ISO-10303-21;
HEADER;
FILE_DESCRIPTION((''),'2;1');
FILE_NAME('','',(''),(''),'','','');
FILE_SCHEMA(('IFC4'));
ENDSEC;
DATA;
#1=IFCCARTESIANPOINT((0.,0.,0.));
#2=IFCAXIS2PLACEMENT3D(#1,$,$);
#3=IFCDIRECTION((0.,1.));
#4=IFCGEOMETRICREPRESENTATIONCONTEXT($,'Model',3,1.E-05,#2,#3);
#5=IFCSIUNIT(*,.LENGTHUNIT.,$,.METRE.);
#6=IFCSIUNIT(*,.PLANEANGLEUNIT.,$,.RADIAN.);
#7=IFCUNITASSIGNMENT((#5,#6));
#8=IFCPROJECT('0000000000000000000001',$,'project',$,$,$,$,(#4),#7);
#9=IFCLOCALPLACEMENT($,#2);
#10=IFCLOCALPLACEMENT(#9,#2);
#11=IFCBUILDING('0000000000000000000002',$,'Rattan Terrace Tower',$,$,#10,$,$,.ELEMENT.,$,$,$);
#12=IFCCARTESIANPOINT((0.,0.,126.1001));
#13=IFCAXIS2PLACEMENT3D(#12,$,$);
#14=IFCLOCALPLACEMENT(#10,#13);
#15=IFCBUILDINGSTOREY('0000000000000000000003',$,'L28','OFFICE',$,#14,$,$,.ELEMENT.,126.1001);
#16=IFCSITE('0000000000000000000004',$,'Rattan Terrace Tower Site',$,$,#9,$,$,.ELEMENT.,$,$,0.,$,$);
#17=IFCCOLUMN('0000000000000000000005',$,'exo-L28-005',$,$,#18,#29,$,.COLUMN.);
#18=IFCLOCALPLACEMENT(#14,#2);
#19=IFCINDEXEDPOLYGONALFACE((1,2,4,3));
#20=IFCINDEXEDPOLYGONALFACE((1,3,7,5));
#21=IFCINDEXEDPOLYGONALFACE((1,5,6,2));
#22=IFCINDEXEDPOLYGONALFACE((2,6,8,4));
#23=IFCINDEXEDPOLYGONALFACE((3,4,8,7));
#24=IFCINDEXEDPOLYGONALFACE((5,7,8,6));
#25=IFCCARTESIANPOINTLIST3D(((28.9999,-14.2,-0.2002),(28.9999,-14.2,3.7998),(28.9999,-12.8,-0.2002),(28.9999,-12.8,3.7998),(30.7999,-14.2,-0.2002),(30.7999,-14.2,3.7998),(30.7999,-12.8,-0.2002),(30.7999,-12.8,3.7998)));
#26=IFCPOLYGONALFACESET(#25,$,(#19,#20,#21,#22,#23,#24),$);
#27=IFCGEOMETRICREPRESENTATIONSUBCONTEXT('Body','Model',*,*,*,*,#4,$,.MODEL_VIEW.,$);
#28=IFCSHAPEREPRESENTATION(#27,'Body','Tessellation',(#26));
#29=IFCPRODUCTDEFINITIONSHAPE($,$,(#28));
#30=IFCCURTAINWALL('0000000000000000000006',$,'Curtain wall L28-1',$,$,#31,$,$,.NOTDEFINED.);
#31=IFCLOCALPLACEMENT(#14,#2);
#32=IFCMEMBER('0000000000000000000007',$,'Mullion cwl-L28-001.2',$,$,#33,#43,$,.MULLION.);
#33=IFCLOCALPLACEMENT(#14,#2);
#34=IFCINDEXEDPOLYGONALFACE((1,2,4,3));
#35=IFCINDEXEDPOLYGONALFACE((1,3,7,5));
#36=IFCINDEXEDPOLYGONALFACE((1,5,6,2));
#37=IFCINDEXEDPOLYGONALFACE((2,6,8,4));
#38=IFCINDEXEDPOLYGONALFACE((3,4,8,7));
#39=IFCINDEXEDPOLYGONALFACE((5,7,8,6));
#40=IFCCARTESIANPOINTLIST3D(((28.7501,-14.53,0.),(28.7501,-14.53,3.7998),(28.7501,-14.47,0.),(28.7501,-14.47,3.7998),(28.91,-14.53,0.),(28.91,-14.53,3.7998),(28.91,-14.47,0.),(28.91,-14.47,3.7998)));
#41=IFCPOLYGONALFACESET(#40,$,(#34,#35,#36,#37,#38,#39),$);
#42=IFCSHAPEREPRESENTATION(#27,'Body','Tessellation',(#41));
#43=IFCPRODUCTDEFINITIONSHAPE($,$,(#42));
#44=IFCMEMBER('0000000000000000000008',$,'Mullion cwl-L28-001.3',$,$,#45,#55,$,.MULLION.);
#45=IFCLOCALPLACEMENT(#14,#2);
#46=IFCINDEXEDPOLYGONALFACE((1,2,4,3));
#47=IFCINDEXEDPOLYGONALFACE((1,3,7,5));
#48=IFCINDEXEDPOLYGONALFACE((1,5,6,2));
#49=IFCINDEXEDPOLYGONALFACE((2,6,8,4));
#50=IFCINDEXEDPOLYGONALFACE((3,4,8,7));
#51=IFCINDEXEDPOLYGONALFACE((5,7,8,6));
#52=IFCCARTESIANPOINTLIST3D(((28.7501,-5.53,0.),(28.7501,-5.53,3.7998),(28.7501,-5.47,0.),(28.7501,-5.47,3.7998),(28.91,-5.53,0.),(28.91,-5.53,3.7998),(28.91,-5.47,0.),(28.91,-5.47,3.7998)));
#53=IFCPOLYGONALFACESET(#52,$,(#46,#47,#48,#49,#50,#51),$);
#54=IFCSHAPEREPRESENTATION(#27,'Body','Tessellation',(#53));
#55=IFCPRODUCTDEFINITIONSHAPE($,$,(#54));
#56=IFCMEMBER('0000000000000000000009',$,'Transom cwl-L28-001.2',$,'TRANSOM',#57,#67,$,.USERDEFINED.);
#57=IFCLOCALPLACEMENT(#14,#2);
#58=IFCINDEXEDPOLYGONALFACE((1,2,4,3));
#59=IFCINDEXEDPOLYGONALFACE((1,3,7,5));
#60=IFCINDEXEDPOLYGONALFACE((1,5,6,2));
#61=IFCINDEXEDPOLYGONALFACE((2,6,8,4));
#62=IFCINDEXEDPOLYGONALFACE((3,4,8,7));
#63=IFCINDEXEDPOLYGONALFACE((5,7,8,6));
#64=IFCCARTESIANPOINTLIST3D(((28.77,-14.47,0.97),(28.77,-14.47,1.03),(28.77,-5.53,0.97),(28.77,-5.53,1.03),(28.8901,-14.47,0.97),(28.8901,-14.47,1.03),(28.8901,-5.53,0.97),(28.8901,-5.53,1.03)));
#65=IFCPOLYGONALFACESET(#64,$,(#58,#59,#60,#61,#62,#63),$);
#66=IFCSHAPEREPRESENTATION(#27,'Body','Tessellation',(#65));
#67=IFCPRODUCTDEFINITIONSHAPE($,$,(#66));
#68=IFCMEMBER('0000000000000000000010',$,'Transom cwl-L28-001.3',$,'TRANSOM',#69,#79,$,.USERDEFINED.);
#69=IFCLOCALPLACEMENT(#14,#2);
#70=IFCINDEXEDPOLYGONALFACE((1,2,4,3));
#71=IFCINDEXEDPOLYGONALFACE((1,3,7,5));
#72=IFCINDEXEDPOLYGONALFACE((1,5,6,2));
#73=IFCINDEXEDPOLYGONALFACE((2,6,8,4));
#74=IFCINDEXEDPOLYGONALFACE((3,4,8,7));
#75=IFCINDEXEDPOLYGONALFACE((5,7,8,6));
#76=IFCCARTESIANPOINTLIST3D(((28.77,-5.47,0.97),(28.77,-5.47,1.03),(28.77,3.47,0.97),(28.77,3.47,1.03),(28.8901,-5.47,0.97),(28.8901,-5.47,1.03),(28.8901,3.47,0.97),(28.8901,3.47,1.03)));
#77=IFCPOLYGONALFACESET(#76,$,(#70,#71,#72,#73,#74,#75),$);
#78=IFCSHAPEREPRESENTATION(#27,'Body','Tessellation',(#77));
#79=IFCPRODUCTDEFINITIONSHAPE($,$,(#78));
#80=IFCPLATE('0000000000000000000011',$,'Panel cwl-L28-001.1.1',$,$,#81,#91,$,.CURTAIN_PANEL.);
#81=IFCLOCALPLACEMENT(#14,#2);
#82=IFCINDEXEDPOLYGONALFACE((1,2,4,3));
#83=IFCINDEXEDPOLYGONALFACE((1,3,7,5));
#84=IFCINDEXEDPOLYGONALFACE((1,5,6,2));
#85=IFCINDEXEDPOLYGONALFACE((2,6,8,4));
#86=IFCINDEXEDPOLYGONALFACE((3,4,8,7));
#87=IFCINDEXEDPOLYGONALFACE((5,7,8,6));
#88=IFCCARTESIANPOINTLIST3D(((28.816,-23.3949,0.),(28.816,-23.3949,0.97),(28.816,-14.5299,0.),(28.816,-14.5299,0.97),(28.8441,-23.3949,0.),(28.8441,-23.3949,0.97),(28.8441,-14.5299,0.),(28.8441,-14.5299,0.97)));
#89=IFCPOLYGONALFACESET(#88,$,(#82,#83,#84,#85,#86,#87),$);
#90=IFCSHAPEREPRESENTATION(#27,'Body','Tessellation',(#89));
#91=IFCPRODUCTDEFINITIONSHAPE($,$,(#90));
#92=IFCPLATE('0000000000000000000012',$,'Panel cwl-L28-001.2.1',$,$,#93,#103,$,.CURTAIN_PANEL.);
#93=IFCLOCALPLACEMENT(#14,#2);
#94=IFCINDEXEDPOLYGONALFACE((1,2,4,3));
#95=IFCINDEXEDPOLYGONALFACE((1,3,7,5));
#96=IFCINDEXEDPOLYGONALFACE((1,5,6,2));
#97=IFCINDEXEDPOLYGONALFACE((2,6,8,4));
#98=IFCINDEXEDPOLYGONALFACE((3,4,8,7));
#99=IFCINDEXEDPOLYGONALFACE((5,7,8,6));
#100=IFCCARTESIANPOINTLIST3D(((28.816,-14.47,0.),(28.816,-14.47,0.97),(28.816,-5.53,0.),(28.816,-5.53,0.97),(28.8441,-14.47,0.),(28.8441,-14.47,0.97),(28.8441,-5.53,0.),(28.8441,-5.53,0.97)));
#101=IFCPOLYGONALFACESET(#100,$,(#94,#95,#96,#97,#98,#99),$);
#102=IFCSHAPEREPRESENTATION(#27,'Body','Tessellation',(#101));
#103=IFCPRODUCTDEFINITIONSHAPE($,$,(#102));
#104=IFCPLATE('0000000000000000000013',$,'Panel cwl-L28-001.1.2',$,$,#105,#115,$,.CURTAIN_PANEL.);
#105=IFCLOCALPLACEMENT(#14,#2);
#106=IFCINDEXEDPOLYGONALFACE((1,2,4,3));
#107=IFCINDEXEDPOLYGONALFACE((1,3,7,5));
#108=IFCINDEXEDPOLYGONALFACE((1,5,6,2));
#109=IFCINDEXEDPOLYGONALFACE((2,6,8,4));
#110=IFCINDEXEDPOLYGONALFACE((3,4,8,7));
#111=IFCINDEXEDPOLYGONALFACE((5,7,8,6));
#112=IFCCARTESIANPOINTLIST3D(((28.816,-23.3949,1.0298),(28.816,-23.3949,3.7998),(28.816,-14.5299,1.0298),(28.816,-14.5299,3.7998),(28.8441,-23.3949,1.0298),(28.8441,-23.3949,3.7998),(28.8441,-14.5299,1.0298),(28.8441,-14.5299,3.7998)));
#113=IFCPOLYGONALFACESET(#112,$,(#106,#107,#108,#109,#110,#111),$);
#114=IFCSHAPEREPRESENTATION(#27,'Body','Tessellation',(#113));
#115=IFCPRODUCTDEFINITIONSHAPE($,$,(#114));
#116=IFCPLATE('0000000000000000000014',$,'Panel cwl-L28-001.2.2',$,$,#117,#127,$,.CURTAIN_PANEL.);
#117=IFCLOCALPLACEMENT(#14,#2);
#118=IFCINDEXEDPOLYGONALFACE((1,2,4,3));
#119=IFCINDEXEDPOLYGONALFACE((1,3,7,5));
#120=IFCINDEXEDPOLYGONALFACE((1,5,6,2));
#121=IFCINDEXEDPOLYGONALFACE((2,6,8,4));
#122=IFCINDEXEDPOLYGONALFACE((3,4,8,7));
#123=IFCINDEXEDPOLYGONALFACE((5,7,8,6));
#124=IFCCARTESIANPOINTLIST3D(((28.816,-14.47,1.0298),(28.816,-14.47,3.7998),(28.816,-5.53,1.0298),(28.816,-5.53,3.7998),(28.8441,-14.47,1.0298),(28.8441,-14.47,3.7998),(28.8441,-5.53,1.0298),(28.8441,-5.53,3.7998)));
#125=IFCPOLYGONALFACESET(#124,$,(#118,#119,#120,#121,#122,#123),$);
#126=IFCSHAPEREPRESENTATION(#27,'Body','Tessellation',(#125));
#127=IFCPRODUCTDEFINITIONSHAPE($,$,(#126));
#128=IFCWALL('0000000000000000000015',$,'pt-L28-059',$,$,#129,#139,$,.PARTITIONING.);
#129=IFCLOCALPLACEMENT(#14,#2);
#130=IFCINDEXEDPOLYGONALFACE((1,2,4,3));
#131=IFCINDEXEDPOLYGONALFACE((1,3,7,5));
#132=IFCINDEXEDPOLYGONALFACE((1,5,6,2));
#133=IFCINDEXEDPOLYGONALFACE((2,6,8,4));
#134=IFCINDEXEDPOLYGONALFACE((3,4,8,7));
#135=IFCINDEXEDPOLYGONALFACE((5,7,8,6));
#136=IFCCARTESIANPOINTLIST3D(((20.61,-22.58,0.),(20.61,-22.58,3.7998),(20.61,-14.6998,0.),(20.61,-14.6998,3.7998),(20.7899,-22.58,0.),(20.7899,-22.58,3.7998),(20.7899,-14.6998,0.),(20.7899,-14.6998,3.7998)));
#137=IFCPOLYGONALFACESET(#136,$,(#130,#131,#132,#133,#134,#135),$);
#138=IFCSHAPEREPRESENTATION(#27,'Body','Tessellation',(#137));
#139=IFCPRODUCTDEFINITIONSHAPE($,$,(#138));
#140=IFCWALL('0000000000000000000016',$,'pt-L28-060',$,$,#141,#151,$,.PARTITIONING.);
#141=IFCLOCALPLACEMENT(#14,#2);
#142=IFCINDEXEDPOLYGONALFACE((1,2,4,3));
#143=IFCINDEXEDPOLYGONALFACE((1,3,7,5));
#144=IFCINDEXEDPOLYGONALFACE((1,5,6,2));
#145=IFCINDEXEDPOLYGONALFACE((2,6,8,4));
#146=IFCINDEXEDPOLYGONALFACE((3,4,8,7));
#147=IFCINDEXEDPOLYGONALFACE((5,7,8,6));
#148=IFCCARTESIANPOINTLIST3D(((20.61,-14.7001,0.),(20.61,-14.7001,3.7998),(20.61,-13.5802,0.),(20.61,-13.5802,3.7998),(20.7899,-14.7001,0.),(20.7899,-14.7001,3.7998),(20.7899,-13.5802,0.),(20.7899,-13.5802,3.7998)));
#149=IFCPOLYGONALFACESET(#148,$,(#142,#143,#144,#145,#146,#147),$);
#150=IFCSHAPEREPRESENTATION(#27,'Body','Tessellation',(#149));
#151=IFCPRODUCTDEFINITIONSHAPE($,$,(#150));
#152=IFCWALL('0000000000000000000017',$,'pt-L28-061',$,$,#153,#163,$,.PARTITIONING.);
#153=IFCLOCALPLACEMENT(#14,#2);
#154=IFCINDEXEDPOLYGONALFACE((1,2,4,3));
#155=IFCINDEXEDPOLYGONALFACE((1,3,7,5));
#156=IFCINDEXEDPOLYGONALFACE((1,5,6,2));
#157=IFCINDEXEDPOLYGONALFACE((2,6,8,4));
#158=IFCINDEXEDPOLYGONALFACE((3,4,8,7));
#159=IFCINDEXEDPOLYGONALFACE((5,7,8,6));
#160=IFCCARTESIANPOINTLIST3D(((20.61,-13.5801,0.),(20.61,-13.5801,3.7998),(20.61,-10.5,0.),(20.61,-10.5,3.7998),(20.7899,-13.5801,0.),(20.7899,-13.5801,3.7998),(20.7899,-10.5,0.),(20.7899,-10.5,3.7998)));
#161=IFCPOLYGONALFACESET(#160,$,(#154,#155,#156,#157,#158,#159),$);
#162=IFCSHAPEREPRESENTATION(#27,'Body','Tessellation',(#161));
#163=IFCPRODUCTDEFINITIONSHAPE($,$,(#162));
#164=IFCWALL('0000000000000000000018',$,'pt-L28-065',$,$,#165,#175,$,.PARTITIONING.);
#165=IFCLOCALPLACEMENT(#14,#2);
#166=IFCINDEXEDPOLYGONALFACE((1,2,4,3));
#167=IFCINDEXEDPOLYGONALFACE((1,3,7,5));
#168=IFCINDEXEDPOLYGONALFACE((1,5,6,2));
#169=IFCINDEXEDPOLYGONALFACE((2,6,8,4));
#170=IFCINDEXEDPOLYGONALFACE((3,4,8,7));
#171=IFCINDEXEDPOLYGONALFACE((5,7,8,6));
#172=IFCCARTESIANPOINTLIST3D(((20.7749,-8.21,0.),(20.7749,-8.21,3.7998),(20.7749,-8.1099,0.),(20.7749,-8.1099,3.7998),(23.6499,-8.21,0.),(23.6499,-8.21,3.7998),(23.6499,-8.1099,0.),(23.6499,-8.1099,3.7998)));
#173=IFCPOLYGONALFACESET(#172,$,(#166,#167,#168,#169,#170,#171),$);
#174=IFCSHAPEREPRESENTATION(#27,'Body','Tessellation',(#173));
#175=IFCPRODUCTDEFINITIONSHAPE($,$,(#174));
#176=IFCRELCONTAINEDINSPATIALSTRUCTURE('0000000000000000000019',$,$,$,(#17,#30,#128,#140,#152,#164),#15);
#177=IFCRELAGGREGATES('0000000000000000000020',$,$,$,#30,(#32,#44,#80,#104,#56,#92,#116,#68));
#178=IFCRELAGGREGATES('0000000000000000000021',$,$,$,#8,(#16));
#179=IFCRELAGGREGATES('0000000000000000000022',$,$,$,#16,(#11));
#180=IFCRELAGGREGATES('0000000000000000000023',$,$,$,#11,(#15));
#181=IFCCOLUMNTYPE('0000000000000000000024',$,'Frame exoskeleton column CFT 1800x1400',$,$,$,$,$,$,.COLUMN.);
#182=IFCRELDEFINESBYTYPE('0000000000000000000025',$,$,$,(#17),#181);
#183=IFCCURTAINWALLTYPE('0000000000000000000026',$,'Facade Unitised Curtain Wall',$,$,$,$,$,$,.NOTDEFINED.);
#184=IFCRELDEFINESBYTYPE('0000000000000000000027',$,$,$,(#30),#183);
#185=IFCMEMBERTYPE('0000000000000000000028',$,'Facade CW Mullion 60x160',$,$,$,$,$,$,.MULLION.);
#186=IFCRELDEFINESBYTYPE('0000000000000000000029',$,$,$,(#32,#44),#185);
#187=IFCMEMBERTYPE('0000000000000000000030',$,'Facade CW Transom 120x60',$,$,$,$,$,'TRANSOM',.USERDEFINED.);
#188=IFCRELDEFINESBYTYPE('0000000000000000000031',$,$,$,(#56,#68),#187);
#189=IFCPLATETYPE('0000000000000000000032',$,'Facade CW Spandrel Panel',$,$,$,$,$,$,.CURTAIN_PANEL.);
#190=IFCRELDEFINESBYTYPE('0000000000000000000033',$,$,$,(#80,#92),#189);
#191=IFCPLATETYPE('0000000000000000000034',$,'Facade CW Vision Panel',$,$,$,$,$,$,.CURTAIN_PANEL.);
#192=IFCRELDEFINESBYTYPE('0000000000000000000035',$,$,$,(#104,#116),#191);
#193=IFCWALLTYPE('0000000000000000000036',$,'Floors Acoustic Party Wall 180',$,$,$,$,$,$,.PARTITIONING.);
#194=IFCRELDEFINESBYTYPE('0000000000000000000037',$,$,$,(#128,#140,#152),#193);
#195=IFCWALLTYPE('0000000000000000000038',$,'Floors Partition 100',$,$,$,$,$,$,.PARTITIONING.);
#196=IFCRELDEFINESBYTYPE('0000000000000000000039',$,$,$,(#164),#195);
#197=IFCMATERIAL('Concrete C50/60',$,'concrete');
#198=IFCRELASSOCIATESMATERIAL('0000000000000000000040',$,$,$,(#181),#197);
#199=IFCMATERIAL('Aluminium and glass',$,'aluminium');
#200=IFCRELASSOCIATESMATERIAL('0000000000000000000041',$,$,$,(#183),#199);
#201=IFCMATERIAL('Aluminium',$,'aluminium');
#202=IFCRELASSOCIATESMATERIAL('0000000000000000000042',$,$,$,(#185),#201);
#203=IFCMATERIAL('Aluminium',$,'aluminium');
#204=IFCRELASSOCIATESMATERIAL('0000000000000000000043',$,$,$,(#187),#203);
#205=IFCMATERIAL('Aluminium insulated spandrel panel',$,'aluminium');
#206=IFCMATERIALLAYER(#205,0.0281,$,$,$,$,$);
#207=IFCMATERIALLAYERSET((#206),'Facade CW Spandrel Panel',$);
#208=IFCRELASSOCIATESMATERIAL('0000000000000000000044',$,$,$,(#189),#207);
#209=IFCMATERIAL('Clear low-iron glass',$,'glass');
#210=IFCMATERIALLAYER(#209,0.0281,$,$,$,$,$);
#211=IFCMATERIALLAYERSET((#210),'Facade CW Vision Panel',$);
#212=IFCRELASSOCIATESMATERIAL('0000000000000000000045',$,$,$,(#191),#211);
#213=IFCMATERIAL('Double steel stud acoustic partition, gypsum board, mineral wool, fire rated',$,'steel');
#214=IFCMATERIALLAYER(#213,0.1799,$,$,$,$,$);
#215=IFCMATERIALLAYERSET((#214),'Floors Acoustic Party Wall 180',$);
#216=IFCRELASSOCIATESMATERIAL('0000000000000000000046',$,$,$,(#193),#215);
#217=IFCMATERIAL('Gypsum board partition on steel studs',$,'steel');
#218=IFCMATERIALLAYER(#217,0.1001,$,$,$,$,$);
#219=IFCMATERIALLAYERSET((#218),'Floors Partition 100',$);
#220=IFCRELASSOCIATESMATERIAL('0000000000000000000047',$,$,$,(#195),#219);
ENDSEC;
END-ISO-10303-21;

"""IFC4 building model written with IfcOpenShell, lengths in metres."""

from ifc_helpers import new_model, si_unit, direction, frame, frame_2d, origin, origin_2d, place, context, subcontext, project, spatial, rectangle, extrude, material, layer, layer_set, material_profile, profile_set, type_object, element, aggregate, save


model = new_model("IFC4")

# Units and contexts
model_context = context("Model", 3, precision=1e-05, world=origin(), true_north=direction((0.0, 1.0)))
body_context = subcontext(model_context, "Body", "Model", "MODEL_VIEW")
ifc_project = project(units=[si_unit("LENGTHUNIT", "METRE"), si_unit("PLANEANGLEUNIT", "RADIAN")], contexts=[model_context])

# Site, building, storey
site_placement = place(None, origin())
site = spatial("IfcSite", under=ifc_project, at=site_placement, Name="Rattan Terrace Tower Site", CompositionType="ELEMENT", RefElevation=0.0)
building_placement = place(site_placement, origin())
building = spatial("IfcBuilding", under=site, at=building_placement, Name="Rattan Terrace Tower", CompositionType="ELEMENT")
storey_placement = place(building_placement, frame((0.0, 0.0, 126.1001)))
storey = spatial("IfcBuildingStorey", under=building, at=storey_placement, Name="L28", Description="OFFICE", CompositionType="ELEMENT", Elevation=126.1001)

# Column
ifc_material_1 = material(Name="Concrete C50/60", Category="concrete")
ifc_material_profile_1 = material_profile(ifc_material_1, rectangle(XDim=1.3999, YDim=1.8, at=origin_2d()), Name="CFT 1800x1400")
ifc_profile_set_1 = profile_set([ifc_material_profile_1], Name="Concrete C50/60")
column_type = type_object("IfcColumnType", Name="Frame exoskeleton column CFT 1800x1400", PredefinedType="COLUMN", material=ifc_profile_set_1)
column_placement = place(storey_placement, frame((29.8999, -13.5, -0.2002), z_axis=(0.0, 0.0, 1.0), x_axis=(0.0, 1.0, 0.0)))
element("IfcColumn", 1, at=column_placement, inside=storey, type_object=column_type, Name="exo-L28-005", PredefinedType="COLUMN", context=body_context, shape_type="SweptSolid", body=[
    extrude(rectangle(XDim=1.3999, YDim=1.8, at=origin_2d()), origin(), (0.0, 0.0, 1.0), 4.0),
])

# Curtain wall, members, plates
ifc_material_2 = material(Name="Aluminium and glass", Category="aluminium")
curtain_wall_type = type_object("IfcCurtainWallType", Name="Facade Unitised Curtain Wall", PredefinedType="NOTDEFINED", material=ifc_material_2)
curtain_wall_placement = place(storey_placement, origin())
curtain_wall = element("IfcCurtainWall", 2, at=curtain_wall_placement, inside=storey, type_object=curtain_wall_type, Name="Curtain wall L28-1", PredefinedType="NOTDEFINED")
ifc_material_3 = material(Name="Aluminium", Category="aluminium")
ifc_material_profile_2 = material_profile(ifc_material_3, rectangle(XDim=0.0601, YDim=0.1599, at=origin_2d()), Name="Aluminium 60x160")
ifc_profile_set_2 = profile_set([ifc_material_profile_2], Name="Aluminium")
member_type_1 = type_object("IfcMemberType", Name="Facade CW Mullion 60x160", PredefinedType="MULLION", material=ifc_profile_set_2)
member_1_placement = place(storey_placement, frame((28.8301, -14.5, 0.0), z_axis=(0.0, 0.0, 1.0), x_axis=(0.0, 1.0, 0.0)))
member_1 = element("IfcMember", 3, at=member_1_placement, type_object=member_type_1, Name="Mullion cwl-L28-001.2", PredefinedType="MULLION", context=body_context, shape_type="SweptSolid", body=[
    extrude(rectangle(XDim=0.0601, YDim=0.1599, at=origin_2d()), origin(), (0.0, 0.0, 1.0), 3.7998),
])
member_2_placement = place(storey_placement, frame((28.8301, -5.5, 0.0), z_axis=(0.0, 0.0, 1.0), x_axis=(0.0, 1.0, 0.0)))
member_2 = element("IfcMember", 4, at=member_2_placement, type_object=member_type_1, Name="Mullion cwl-L28-001.3", PredefinedType="MULLION", context=body_context, shape_type="SweptSolid", body=[
    extrude(rectangle(XDim=0.0601, YDim=0.1599, at=origin_2d()), origin(), (0.0, 0.0, 1.0), 3.7998),
])
ifc_material_4 = material(Name="Aluminium", Category="aluminium")
ifc_material_profile_3 = material_profile(ifc_material_4, rectangle(XDim=0.1201, YDim=0.0601, at=origin_2d()), Name="Aluminium 120x60")
ifc_profile_set_3 = profile_set([ifc_material_profile_3], Name="Aluminium")
member_type_2 = type_object("IfcMemberType", Name="Facade CW Transom 120x60", ElementType="TRANSOM", PredefinedType="USERDEFINED", material=ifc_profile_set_3)
member_3_placement = place(storey_placement, frame((28.8301, -14.47, 1.0), z_axis=(0.0, 1.0, 0.0), x_axis=(-1.0, 0.0, 0.0)))
member_3 = element("IfcMember", 5, at=member_3_placement, type_object=member_type_2, Name="Transom cwl-L28-001.2", ObjectType="TRANSOM", PredefinedType="USERDEFINED", context=body_context, shape_type="SweptSolid", body=[
    extrude(rectangle(XDim=0.1201, YDim=0.0601, at=origin_2d()), origin(), (0.0, 0.0, 1.0), 8.9399),
])
member_4_placement = place(storey_placement, frame((28.8301, -5.47, 1.0), z_axis=(0.0, 1.0, 0.0), x_axis=(-1.0, 0.0, 0.0)))
member_4 = element("IfcMember", 6, at=member_4_placement, type_object=member_type_2, Name="Transom cwl-L28-001.3", ObjectType="TRANSOM", PredefinedType="USERDEFINED", context=body_context, shape_type="SweptSolid", body=[
    extrude(rectangle(XDim=0.1201, YDim=0.0601, at=origin_2d()), origin(), (0.0, 0.0, 1.0), 8.9399),
])
ifc_material_5 = material(Name="Aluminium insulated spandrel panel", Category="aluminium")
ifc_layer_1 = layer(ifc_material_5, 0.0281)
ifc_layer_set_1 = layer_set([ifc_layer_1], Name="Facade CW Spandrel Panel")
plate_type_1 = type_object("IfcPlateType", Name="Facade CW Spandrel Panel", PredefinedType="CURTAIN_PANEL", material=ifc_layer_set_1)
plate_1_placement = place(storey_placement, frame((28.8301, -18.9624, 0.0), z_axis=(0.0, 0.0, 1.0), x_axis=(0.0, 1.0, 0.0)))
plate_1 = element("IfcPlate", 7, at=plate_1_placement, type_object=plate_type_1, Name="Panel cwl-L28-001.1.1", PredefinedType="CURTAIN_PANEL", context=body_context, shape_type="SweptSolid", body=[
    extrude(rectangle(XDim=8.865, YDim=0.0281, at=origin_2d()), origin(), (0.0, 0.0, 1.0), 0.97),
])
plate_2_placement = place(storey_placement, frame((28.8301, -10.0, 0.0), z_axis=(0.0, 0.0, 1.0), x_axis=(0.0, 1.0, 0.0)))
plate_2 = element("IfcPlate", 8, at=plate_2_placement, type_object=plate_type_1, Name="Panel cwl-L28-001.2.1", PredefinedType="CURTAIN_PANEL", context=body_context, shape_type="SweptSolid", body=[
    extrude(rectangle(XDim=8.9399, YDim=0.0281, at=origin_2d()), origin(), (0.0, 0.0, 1.0), 0.97),
])
ifc_material_6 = material(Name="Clear low-iron glass", Category="glass")
ifc_layer_2 = layer(ifc_material_6, 0.0281)
ifc_layer_set_2 = layer_set([ifc_layer_2], Name="Facade CW Vision Panel")
plate_type_2 = type_object("IfcPlateType", Name="Facade CW Vision Panel", PredefinedType="CURTAIN_PANEL", material=ifc_layer_set_2)
plate_3_placement = place(storey_placement, frame((28.8301, -18.9624, 1.0298), z_axis=(0.0, 0.0, 1.0), x_axis=(0.0, 1.0, 0.0)))
plate_3 = element("IfcPlate", 9, at=plate_3_placement, type_object=plate_type_2, Name="Panel cwl-L28-001.1.2", PredefinedType="CURTAIN_PANEL", context=body_context, shape_type="SweptSolid", body=[
    extrude(rectangle(XDim=8.865, YDim=0.0281, at=origin_2d()), origin(), (0.0, 0.0, 1.0), 2.77),
])
plate_4_placement = place(storey_placement, frame((28.8301, -10.0, 1.0298), z_axis=(0.0, 0.0, 1.0), x_axis=(0.0, 1.0, 0.0)))
plate_4 = element("IfcPlate", 10, at=plate_4_placement, type_object=plate_type_2, Name="Panel cwl-L28-001.2.2", PredefinedType="CURTAIN_PANEL", context=body_context, shape_type="SweptSolid", body=[
    extrude(rectangle(XDim=8.9399, YDim=0.0281, at=origin_2d()), origin(), (0.0, 0.0, 1.0), 2.77),
])
aggregate(curtain_wall, [member_1, member_2, plate_1, plate_3, member_3, plate_2, plate_4, member_4])

# Walls
ifc_material_7 = material(Name="Double steel stud acoustic partition, gypsum board, mineral wool, fire rated", Category="steel")
ifc_layer_3 = layer(ifc_material_7, 0.1799)
ifc_layer_set_3 = layer_set([ifc_layer_3], Name="Floors Acoustic Party Wall 180")
wall_type_1 = type_object("IfcWallType", Name="Floors Acoustic Party Wall 180", PredefinedType="PARTITIONING", material=ifc_layer_set_3)
wall_1_placement = place(storey_placement, frame((20.7, -14.7, 0.0), z_axis=(0.0, 0.0, 1.0), x_axis=(0.0, -1.0, 0.0)))
element("IfcWall", 11, at=wall_1_placement, inside=storey, type_object=wall_type_1, Name="pt-L28-059", PredefinedType="PARTITIONING", context=body_context, shape_type="SweptSolid", body=[
    extrude(rectangle(XDim=7.8801, YDim=0.1799, at=frame_2d((3.9399, 0.0))), origin(), (0.0, 0.0, 1.0), 3.7998),
])
wall_2_placement = place(storey_placement, frame((20.7, -13.5801, 0.0), z_axis=(0.0, 0.0, 1.0), x_axis=(0.0, -1.0, 0.0)))
element("IfcWall", 12, at=wall_2_placement, inside=storey, type_object=wall_type_1, Name="pt-L28-060", PredefinedType="PARTITIONING", context=body_context, shape_type="SweptSolid", body=[
    extrude(rectangle(XDim=1.1199, YDim=0.1799, at=frame_2d((0.5601, 0.0))), origin(), (0.0, 0.0, 1.0), 3.7998),
])
wall_3_placement = place(storey_placement, frame((20.7, -10.5, 0.0), z_axis=(0.0, 0.0, 1.0), x_axis=(0.0, -1.0, 0.0)))
element("IfcWall", 13, at=wall_3_placement, inside=storey, type_object=wall_type_1, Name="pt-L28-061", PredefinedType="PARTITIONING", context=body_context, shape_type="SweptSolid", body=[
    extrude(rectangle(XDim=3.0801, YDim=0.1799, at=frame_2d((1.54, 0.0))), origin(), (0.0, 0.0, 1.0), 3.7998),
])
ifc_material_8 = material(Name="Gypsum board partition on steel studs", Category="steel")
ifc_layer_4 = layer(ifc_material_8, 0.1001)
ifc_layer_set_4 = layer_set([ifc_layer_4], Name="Floors Partition 100")
wall_type_2 = type_object("IfcWallType", Name="Floors Partition 100", PredefinedType="PARTITIONING", material=ifc_layer_set_4)
wall_4_placement = place(storey_placement, frame((23.6499, -8.1599, 0.0), z_axis=(0.0, 0.0, 1.0), x_axis=(-1.0, 0.0, 0.0)))
element("IfcWall", 14, at=wall_4_placement, inside=storey, type_object=wall_type_2, Name="pt-L28-065", PredefinedType="PARTITIONING", context=body_context, shape_type="SweptSolid", body=[
    extrude(rectangle(XDim=2.875, YDim=0.1001, at=frame_2d((1.4375, 0.0))), origin(), (0.0, 0.0, 1.0), 3.7998),
])

save(model, "model.ifc")
